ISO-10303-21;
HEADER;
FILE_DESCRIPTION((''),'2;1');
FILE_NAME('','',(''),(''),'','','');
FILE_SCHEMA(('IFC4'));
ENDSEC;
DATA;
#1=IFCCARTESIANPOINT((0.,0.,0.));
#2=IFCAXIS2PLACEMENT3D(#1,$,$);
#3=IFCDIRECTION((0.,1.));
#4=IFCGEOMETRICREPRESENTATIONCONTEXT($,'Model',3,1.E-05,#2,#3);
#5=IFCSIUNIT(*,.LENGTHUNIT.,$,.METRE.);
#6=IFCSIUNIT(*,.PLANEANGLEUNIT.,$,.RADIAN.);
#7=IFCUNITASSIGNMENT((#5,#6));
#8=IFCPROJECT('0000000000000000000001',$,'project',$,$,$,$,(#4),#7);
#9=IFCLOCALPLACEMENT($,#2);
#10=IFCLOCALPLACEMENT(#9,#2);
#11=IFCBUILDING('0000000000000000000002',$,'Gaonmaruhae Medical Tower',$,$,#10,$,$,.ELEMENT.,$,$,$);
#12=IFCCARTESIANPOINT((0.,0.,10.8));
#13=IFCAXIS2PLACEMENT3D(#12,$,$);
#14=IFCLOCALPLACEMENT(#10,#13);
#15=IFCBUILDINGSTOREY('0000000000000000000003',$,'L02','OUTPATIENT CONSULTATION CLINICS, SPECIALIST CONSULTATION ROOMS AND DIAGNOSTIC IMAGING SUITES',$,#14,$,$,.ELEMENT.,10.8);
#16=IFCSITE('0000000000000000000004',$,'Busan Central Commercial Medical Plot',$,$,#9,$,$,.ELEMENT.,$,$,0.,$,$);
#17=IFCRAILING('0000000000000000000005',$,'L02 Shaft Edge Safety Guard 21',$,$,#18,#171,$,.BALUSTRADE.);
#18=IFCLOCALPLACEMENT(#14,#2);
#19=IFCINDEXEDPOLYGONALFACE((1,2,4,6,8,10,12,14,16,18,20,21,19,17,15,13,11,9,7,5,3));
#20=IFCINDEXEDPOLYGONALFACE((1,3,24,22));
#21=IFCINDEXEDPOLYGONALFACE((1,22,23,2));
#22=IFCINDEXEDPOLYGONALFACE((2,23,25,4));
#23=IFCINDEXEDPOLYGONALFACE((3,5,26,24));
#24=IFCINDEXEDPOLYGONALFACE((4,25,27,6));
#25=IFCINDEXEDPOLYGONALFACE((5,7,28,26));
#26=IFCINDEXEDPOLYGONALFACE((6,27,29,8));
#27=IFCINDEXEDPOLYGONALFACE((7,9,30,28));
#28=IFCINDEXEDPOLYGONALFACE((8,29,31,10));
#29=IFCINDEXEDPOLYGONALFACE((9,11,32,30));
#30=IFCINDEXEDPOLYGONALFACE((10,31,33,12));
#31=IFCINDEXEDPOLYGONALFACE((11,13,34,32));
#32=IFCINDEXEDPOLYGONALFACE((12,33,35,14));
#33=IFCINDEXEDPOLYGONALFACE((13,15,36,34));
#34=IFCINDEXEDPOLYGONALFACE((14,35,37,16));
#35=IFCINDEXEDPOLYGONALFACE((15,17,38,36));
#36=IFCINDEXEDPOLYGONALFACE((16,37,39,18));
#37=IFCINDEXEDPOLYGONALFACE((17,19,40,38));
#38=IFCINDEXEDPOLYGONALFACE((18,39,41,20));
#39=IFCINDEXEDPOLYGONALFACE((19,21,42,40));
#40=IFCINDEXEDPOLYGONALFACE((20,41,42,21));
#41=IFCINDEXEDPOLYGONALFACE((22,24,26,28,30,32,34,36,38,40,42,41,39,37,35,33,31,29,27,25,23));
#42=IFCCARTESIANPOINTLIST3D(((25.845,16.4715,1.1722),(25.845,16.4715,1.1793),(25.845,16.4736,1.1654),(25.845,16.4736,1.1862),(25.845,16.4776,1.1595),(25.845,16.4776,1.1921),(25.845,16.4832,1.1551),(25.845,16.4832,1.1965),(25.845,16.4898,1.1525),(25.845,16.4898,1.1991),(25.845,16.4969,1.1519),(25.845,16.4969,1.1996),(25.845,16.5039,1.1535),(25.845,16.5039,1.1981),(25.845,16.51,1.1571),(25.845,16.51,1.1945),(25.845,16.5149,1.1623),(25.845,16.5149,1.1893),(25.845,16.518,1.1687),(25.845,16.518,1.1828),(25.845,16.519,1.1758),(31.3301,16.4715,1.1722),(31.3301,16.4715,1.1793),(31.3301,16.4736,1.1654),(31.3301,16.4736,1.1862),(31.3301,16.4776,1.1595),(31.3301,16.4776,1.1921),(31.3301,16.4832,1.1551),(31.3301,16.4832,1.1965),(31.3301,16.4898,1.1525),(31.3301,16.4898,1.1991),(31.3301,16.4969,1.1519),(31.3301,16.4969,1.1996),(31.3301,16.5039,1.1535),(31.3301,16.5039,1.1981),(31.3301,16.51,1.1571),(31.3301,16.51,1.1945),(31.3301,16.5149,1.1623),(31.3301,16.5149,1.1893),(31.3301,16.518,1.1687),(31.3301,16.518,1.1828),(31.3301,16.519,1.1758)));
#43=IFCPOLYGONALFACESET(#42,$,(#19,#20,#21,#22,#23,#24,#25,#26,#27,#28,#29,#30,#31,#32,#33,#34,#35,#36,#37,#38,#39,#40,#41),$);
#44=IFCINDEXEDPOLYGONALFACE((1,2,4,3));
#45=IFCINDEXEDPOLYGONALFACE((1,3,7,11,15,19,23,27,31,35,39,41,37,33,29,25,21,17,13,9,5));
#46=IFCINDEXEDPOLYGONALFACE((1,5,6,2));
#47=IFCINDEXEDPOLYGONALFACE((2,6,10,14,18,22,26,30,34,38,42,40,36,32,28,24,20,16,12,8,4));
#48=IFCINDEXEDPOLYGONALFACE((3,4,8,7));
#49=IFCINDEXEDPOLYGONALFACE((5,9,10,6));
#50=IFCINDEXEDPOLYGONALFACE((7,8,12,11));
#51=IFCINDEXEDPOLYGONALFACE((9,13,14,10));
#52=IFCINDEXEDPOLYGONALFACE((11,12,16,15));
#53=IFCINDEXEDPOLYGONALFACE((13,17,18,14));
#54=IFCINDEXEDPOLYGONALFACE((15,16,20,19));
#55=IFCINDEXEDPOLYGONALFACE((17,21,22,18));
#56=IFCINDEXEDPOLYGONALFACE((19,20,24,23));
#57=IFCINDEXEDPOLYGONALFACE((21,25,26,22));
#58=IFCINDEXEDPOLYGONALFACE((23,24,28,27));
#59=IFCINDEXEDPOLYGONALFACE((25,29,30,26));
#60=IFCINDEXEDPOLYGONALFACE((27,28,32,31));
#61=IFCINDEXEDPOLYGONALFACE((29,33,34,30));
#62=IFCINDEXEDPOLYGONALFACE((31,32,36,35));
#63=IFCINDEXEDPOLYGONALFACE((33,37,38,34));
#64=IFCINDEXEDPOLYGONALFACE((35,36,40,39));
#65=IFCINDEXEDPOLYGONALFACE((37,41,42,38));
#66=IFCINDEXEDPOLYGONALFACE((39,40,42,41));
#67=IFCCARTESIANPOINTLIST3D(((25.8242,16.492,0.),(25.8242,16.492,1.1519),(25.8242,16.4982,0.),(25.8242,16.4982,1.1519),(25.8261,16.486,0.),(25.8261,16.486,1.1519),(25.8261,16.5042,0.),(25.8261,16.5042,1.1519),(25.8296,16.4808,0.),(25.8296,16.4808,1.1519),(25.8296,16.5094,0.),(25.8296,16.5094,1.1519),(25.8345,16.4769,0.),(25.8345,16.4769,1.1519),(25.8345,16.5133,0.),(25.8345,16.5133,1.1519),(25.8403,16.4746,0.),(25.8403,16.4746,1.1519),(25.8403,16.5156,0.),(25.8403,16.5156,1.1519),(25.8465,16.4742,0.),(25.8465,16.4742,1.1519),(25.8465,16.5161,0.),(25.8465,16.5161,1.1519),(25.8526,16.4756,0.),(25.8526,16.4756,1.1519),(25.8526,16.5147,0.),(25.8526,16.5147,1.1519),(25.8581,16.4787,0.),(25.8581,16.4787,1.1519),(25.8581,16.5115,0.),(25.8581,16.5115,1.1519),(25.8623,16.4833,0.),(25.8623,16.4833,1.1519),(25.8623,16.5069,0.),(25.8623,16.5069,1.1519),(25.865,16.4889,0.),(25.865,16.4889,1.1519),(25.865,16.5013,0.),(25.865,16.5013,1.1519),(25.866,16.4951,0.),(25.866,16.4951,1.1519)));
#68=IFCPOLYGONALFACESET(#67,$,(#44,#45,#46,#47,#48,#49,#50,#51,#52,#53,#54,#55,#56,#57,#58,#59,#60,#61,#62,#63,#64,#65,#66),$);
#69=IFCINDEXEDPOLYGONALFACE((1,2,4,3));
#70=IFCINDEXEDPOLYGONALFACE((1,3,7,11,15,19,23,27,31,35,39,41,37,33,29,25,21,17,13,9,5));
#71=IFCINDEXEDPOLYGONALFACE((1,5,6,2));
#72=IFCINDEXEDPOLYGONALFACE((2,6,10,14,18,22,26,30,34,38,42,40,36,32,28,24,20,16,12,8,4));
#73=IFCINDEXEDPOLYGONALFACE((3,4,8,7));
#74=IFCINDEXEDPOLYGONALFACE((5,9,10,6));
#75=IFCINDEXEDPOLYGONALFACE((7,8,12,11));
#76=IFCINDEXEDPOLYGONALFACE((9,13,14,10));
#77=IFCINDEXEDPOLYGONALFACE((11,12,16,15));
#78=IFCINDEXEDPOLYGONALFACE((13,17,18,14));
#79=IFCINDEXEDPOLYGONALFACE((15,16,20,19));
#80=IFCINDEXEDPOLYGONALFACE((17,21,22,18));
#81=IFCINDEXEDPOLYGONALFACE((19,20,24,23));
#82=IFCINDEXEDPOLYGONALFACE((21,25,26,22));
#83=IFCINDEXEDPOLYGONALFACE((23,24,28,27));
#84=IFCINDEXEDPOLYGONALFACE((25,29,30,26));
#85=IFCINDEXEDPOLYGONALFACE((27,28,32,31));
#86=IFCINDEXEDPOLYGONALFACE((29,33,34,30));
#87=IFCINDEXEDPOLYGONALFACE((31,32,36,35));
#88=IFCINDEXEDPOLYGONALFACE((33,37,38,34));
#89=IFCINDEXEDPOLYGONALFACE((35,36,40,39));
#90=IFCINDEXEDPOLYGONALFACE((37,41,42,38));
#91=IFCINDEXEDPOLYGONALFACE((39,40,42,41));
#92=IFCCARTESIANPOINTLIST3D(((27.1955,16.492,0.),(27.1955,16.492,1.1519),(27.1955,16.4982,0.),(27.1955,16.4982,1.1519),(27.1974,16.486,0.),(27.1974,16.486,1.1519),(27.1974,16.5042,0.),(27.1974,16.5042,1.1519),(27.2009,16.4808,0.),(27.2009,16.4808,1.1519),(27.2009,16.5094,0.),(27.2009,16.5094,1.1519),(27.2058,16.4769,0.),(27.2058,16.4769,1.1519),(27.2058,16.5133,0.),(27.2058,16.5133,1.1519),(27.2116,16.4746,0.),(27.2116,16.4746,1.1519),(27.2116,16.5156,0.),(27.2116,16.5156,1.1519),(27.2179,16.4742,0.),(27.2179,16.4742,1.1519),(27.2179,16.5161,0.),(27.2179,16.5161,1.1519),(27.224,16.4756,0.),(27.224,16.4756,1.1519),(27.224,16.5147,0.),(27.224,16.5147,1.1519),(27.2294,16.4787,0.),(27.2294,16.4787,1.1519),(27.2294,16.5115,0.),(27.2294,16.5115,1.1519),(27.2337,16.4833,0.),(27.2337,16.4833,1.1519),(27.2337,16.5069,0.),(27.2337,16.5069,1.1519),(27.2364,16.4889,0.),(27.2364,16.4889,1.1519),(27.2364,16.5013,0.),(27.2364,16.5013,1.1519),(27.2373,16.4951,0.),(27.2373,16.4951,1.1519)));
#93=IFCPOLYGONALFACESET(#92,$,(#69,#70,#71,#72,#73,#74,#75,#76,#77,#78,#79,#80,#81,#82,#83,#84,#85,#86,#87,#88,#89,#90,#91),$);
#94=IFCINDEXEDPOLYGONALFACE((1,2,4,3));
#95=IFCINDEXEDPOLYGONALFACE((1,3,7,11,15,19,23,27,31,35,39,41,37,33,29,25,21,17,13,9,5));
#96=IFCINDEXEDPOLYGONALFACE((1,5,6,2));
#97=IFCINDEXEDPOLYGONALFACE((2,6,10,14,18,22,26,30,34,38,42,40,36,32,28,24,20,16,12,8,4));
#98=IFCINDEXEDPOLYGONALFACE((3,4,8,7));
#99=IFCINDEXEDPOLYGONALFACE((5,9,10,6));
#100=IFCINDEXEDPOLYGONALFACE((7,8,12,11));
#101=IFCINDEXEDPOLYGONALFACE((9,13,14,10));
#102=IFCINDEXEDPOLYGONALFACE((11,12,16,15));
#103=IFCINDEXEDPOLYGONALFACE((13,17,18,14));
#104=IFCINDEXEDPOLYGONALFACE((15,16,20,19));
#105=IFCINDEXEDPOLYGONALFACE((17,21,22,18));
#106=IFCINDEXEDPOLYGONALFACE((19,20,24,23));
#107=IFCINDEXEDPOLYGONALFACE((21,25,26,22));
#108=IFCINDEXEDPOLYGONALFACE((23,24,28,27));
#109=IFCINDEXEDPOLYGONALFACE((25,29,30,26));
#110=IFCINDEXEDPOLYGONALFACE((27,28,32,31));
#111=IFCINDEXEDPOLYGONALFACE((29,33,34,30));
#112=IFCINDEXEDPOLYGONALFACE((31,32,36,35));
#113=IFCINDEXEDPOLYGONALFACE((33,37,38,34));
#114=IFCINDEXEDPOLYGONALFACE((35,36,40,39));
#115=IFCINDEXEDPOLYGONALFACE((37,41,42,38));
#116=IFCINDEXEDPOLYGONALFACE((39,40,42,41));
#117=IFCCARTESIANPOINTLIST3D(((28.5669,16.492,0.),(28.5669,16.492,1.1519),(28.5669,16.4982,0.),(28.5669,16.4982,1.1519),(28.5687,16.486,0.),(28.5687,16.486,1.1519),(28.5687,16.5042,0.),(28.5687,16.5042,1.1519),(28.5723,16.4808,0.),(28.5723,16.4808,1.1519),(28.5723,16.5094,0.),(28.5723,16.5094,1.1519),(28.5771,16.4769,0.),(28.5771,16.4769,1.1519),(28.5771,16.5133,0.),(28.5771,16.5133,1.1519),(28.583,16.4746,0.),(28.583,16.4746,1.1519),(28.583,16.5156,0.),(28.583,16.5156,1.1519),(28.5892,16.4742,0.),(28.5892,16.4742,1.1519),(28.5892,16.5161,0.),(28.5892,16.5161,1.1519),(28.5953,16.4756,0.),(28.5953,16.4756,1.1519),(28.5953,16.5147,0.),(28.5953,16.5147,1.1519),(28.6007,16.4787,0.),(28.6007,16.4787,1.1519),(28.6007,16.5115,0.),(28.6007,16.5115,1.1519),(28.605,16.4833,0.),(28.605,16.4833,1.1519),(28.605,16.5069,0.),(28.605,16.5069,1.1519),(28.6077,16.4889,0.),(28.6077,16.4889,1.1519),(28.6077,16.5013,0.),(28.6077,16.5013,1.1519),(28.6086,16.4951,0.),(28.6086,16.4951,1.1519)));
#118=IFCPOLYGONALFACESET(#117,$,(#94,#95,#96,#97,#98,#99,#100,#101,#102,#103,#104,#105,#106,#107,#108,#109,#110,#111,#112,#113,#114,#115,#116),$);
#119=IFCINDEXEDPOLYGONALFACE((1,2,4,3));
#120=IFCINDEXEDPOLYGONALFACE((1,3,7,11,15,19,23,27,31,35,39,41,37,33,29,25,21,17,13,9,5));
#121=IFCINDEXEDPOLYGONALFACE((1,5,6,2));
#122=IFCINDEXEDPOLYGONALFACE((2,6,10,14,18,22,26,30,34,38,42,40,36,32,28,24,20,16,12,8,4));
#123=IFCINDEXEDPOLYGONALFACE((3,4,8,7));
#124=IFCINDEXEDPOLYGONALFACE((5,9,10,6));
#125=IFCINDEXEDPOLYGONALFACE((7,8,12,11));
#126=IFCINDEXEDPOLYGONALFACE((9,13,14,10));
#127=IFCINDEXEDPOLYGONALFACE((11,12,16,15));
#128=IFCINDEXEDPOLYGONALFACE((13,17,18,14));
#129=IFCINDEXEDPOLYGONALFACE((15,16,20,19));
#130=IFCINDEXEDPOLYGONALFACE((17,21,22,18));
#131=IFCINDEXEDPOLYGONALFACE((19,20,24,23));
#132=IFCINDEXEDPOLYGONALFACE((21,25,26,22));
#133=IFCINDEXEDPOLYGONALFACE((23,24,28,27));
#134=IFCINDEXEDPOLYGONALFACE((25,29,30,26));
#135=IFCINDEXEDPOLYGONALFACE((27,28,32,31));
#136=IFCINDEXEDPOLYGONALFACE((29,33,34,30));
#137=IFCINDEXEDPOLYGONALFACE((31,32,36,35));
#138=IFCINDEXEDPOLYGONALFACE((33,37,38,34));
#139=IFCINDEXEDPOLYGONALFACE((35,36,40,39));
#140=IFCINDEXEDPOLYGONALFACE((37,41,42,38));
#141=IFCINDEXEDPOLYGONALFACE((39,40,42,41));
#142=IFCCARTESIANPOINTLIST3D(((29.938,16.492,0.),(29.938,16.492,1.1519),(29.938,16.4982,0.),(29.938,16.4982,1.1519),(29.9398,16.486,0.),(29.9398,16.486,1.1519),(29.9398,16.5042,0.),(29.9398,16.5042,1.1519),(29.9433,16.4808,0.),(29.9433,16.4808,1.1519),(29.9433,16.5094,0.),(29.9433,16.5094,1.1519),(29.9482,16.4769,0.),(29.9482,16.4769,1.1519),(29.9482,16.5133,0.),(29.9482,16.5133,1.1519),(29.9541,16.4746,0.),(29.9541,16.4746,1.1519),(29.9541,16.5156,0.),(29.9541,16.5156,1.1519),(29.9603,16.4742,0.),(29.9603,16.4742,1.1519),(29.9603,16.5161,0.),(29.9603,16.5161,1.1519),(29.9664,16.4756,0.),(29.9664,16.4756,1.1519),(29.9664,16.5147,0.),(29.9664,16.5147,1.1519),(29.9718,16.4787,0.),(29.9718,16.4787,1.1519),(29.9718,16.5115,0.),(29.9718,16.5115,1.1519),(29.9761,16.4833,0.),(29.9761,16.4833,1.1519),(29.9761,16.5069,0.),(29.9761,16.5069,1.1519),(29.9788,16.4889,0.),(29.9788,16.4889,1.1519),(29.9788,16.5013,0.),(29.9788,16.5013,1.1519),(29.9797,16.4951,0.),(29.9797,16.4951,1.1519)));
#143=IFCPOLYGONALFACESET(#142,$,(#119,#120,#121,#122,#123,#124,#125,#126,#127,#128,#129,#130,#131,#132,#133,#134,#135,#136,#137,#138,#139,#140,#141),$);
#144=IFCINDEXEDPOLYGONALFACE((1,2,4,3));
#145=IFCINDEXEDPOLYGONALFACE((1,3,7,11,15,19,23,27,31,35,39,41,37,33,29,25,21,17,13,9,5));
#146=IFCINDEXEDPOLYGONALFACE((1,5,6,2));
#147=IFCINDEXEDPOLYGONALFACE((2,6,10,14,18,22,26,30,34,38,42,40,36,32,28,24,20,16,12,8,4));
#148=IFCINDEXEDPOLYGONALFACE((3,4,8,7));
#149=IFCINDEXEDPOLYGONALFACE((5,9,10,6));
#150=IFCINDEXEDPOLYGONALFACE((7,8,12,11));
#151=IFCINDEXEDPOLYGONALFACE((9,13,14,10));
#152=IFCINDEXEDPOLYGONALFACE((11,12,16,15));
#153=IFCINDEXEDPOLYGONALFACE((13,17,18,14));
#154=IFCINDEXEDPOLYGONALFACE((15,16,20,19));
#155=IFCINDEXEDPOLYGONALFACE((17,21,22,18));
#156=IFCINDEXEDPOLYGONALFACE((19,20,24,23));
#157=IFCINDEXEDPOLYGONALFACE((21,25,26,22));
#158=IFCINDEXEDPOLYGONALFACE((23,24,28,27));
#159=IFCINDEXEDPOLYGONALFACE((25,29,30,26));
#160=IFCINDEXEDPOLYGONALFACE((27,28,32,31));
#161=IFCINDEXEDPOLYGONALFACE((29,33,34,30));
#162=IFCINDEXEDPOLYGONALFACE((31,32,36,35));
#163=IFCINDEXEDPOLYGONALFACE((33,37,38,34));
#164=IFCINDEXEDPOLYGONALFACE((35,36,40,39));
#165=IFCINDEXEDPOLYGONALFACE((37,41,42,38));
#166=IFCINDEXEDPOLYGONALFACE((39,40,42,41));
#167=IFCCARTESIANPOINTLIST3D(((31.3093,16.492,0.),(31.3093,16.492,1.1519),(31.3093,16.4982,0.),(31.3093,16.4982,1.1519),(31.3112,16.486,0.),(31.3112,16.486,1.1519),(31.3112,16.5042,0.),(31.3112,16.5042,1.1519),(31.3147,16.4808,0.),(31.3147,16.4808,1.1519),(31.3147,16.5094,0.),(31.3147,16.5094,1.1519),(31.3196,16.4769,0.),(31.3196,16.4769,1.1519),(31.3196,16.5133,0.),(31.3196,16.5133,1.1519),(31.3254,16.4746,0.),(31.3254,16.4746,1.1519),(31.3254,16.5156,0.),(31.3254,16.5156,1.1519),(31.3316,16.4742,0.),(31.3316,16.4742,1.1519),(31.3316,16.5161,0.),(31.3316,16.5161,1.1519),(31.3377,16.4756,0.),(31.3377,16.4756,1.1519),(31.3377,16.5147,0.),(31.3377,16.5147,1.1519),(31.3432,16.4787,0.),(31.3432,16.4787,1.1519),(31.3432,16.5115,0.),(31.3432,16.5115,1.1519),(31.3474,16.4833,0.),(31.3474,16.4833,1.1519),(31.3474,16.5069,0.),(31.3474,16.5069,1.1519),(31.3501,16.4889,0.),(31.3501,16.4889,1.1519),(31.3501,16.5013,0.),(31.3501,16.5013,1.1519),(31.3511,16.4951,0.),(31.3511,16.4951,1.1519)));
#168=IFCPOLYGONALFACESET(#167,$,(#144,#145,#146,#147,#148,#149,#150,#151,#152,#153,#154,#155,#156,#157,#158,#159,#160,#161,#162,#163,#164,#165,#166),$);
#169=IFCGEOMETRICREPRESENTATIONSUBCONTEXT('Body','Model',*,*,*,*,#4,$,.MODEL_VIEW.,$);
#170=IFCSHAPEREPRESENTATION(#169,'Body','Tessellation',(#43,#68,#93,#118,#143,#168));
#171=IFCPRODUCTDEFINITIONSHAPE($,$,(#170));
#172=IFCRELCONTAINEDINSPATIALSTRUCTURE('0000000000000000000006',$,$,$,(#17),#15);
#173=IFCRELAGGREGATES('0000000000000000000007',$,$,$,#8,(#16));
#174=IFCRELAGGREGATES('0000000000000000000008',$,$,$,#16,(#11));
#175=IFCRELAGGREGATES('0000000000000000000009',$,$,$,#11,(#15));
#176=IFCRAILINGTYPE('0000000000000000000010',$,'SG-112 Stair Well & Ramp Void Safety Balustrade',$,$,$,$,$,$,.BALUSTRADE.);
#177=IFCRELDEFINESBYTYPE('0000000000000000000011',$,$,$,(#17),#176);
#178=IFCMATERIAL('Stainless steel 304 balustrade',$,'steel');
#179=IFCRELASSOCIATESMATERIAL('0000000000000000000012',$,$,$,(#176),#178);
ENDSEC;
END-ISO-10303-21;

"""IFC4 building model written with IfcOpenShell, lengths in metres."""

from ifc_helpers import new_model, si_unit, direction, frame, origin, origin_2d, place, context, subcontext, project, spatial, circle, extrude, material, type_object, element, save


model = new_model("IFC4")

# Units and contexts
model_context = context("Model", 3, precision=1e-05, world=origin(), true_north=direction((0.0, 1.0)))
body_context = subcontext(model_context, "Body", "Model", "MODEL_VIEW")
ifc_project = project(units=[si_unit("LENGTHUNIT", "METRE"), si_unit("PLANEANGLEUNIT", "RADIAN")], contexts=[model_context])

# Site, building, storey
site_placement = place(None, origin())
site = spatial("IfcSite", under=ifc_project, at=site_placement, Name="Busan Central Commercial Medical Plot", CompositionType="ELEMENT", RefElevation=0.0)
building_placement = place(site_placement, origin())
building = spatial("IfcBuilding", under=site, at=building_placement, Name="Gaonmaruhae Medical Tower", CompositionType="ELEMENT")
storey_placement = place(building_placement, frame((0.0, 0.0, 10.8)))
storey = spatial("IfcBuildingStorey", under=building, at=storey_placement, Name="L02", Description="OUTPATIENT CONSULTATION CLINICS, SPECIALIST CONSULTATION ROOMS AND DIAGNOSTIC IMAGING SUITES", CompositionType="ELEMENT", Elevation=10.8)

# Railing
ifc_material_1 = material(Name="Stainless steel 304 balustrade", Category="steel")
railing_type = type_object("IfcRailingType", Name="SG-112 Stair Well & Ramp Void Safety Balustrade", PredefinedType="BALUSTRADE", material=ifc_material_1)
railing_1_placement = place(storey_placement, frame((25.845, 16.4951, 0.0)))
element("IfcRailing", 1, at=railing_1_placement, inside=storey, type_object=railing_type, Name="L02 Shaft Edge Safety Guard 21", PredefinedType="BALUSTRADE", context=body_context, shape_type="SweptSolid", body=[
    extrude(circle(Radius=0.0239, at=origin_2d()), frame((0.0, 0.0, 1.1758), z_axis=(1.0, 0.0, 0.0), x_axis=(0.0, 1.0, 0.0)), (0.0, 0.0, 1.0), 5.4851),
    extrude(circle(Radius=0.021, at=origin_2d()), origin(), (0.0, 0.0, 1.0), 1.1519),
    extrude(circle(Radius=0.021, at=origin_2d()), frame((1.3713, 0.0, 0.0)), (0.0, 0.0, 1.0), 1.1519),
    extrude(circle(Radius=0.021, at=origin_2d()), frame((2.7427, 0.0, 0.0)), (0.0, 0.0, 1.0), 1.1519),
    extrude(circle(Radius=0.021, at=origin_2d()), frame((4.1138, 0.0, 0.0)), (0.0, 0.0, 1.0), 1.1519),
    extrude(circle(Radius=0.021, at=origin_2d()), frame((5.4851, 0.0, 0.0)), (0.0, 0.0, 1.0), 1.1519),
])

save(model, "model.ifc")
